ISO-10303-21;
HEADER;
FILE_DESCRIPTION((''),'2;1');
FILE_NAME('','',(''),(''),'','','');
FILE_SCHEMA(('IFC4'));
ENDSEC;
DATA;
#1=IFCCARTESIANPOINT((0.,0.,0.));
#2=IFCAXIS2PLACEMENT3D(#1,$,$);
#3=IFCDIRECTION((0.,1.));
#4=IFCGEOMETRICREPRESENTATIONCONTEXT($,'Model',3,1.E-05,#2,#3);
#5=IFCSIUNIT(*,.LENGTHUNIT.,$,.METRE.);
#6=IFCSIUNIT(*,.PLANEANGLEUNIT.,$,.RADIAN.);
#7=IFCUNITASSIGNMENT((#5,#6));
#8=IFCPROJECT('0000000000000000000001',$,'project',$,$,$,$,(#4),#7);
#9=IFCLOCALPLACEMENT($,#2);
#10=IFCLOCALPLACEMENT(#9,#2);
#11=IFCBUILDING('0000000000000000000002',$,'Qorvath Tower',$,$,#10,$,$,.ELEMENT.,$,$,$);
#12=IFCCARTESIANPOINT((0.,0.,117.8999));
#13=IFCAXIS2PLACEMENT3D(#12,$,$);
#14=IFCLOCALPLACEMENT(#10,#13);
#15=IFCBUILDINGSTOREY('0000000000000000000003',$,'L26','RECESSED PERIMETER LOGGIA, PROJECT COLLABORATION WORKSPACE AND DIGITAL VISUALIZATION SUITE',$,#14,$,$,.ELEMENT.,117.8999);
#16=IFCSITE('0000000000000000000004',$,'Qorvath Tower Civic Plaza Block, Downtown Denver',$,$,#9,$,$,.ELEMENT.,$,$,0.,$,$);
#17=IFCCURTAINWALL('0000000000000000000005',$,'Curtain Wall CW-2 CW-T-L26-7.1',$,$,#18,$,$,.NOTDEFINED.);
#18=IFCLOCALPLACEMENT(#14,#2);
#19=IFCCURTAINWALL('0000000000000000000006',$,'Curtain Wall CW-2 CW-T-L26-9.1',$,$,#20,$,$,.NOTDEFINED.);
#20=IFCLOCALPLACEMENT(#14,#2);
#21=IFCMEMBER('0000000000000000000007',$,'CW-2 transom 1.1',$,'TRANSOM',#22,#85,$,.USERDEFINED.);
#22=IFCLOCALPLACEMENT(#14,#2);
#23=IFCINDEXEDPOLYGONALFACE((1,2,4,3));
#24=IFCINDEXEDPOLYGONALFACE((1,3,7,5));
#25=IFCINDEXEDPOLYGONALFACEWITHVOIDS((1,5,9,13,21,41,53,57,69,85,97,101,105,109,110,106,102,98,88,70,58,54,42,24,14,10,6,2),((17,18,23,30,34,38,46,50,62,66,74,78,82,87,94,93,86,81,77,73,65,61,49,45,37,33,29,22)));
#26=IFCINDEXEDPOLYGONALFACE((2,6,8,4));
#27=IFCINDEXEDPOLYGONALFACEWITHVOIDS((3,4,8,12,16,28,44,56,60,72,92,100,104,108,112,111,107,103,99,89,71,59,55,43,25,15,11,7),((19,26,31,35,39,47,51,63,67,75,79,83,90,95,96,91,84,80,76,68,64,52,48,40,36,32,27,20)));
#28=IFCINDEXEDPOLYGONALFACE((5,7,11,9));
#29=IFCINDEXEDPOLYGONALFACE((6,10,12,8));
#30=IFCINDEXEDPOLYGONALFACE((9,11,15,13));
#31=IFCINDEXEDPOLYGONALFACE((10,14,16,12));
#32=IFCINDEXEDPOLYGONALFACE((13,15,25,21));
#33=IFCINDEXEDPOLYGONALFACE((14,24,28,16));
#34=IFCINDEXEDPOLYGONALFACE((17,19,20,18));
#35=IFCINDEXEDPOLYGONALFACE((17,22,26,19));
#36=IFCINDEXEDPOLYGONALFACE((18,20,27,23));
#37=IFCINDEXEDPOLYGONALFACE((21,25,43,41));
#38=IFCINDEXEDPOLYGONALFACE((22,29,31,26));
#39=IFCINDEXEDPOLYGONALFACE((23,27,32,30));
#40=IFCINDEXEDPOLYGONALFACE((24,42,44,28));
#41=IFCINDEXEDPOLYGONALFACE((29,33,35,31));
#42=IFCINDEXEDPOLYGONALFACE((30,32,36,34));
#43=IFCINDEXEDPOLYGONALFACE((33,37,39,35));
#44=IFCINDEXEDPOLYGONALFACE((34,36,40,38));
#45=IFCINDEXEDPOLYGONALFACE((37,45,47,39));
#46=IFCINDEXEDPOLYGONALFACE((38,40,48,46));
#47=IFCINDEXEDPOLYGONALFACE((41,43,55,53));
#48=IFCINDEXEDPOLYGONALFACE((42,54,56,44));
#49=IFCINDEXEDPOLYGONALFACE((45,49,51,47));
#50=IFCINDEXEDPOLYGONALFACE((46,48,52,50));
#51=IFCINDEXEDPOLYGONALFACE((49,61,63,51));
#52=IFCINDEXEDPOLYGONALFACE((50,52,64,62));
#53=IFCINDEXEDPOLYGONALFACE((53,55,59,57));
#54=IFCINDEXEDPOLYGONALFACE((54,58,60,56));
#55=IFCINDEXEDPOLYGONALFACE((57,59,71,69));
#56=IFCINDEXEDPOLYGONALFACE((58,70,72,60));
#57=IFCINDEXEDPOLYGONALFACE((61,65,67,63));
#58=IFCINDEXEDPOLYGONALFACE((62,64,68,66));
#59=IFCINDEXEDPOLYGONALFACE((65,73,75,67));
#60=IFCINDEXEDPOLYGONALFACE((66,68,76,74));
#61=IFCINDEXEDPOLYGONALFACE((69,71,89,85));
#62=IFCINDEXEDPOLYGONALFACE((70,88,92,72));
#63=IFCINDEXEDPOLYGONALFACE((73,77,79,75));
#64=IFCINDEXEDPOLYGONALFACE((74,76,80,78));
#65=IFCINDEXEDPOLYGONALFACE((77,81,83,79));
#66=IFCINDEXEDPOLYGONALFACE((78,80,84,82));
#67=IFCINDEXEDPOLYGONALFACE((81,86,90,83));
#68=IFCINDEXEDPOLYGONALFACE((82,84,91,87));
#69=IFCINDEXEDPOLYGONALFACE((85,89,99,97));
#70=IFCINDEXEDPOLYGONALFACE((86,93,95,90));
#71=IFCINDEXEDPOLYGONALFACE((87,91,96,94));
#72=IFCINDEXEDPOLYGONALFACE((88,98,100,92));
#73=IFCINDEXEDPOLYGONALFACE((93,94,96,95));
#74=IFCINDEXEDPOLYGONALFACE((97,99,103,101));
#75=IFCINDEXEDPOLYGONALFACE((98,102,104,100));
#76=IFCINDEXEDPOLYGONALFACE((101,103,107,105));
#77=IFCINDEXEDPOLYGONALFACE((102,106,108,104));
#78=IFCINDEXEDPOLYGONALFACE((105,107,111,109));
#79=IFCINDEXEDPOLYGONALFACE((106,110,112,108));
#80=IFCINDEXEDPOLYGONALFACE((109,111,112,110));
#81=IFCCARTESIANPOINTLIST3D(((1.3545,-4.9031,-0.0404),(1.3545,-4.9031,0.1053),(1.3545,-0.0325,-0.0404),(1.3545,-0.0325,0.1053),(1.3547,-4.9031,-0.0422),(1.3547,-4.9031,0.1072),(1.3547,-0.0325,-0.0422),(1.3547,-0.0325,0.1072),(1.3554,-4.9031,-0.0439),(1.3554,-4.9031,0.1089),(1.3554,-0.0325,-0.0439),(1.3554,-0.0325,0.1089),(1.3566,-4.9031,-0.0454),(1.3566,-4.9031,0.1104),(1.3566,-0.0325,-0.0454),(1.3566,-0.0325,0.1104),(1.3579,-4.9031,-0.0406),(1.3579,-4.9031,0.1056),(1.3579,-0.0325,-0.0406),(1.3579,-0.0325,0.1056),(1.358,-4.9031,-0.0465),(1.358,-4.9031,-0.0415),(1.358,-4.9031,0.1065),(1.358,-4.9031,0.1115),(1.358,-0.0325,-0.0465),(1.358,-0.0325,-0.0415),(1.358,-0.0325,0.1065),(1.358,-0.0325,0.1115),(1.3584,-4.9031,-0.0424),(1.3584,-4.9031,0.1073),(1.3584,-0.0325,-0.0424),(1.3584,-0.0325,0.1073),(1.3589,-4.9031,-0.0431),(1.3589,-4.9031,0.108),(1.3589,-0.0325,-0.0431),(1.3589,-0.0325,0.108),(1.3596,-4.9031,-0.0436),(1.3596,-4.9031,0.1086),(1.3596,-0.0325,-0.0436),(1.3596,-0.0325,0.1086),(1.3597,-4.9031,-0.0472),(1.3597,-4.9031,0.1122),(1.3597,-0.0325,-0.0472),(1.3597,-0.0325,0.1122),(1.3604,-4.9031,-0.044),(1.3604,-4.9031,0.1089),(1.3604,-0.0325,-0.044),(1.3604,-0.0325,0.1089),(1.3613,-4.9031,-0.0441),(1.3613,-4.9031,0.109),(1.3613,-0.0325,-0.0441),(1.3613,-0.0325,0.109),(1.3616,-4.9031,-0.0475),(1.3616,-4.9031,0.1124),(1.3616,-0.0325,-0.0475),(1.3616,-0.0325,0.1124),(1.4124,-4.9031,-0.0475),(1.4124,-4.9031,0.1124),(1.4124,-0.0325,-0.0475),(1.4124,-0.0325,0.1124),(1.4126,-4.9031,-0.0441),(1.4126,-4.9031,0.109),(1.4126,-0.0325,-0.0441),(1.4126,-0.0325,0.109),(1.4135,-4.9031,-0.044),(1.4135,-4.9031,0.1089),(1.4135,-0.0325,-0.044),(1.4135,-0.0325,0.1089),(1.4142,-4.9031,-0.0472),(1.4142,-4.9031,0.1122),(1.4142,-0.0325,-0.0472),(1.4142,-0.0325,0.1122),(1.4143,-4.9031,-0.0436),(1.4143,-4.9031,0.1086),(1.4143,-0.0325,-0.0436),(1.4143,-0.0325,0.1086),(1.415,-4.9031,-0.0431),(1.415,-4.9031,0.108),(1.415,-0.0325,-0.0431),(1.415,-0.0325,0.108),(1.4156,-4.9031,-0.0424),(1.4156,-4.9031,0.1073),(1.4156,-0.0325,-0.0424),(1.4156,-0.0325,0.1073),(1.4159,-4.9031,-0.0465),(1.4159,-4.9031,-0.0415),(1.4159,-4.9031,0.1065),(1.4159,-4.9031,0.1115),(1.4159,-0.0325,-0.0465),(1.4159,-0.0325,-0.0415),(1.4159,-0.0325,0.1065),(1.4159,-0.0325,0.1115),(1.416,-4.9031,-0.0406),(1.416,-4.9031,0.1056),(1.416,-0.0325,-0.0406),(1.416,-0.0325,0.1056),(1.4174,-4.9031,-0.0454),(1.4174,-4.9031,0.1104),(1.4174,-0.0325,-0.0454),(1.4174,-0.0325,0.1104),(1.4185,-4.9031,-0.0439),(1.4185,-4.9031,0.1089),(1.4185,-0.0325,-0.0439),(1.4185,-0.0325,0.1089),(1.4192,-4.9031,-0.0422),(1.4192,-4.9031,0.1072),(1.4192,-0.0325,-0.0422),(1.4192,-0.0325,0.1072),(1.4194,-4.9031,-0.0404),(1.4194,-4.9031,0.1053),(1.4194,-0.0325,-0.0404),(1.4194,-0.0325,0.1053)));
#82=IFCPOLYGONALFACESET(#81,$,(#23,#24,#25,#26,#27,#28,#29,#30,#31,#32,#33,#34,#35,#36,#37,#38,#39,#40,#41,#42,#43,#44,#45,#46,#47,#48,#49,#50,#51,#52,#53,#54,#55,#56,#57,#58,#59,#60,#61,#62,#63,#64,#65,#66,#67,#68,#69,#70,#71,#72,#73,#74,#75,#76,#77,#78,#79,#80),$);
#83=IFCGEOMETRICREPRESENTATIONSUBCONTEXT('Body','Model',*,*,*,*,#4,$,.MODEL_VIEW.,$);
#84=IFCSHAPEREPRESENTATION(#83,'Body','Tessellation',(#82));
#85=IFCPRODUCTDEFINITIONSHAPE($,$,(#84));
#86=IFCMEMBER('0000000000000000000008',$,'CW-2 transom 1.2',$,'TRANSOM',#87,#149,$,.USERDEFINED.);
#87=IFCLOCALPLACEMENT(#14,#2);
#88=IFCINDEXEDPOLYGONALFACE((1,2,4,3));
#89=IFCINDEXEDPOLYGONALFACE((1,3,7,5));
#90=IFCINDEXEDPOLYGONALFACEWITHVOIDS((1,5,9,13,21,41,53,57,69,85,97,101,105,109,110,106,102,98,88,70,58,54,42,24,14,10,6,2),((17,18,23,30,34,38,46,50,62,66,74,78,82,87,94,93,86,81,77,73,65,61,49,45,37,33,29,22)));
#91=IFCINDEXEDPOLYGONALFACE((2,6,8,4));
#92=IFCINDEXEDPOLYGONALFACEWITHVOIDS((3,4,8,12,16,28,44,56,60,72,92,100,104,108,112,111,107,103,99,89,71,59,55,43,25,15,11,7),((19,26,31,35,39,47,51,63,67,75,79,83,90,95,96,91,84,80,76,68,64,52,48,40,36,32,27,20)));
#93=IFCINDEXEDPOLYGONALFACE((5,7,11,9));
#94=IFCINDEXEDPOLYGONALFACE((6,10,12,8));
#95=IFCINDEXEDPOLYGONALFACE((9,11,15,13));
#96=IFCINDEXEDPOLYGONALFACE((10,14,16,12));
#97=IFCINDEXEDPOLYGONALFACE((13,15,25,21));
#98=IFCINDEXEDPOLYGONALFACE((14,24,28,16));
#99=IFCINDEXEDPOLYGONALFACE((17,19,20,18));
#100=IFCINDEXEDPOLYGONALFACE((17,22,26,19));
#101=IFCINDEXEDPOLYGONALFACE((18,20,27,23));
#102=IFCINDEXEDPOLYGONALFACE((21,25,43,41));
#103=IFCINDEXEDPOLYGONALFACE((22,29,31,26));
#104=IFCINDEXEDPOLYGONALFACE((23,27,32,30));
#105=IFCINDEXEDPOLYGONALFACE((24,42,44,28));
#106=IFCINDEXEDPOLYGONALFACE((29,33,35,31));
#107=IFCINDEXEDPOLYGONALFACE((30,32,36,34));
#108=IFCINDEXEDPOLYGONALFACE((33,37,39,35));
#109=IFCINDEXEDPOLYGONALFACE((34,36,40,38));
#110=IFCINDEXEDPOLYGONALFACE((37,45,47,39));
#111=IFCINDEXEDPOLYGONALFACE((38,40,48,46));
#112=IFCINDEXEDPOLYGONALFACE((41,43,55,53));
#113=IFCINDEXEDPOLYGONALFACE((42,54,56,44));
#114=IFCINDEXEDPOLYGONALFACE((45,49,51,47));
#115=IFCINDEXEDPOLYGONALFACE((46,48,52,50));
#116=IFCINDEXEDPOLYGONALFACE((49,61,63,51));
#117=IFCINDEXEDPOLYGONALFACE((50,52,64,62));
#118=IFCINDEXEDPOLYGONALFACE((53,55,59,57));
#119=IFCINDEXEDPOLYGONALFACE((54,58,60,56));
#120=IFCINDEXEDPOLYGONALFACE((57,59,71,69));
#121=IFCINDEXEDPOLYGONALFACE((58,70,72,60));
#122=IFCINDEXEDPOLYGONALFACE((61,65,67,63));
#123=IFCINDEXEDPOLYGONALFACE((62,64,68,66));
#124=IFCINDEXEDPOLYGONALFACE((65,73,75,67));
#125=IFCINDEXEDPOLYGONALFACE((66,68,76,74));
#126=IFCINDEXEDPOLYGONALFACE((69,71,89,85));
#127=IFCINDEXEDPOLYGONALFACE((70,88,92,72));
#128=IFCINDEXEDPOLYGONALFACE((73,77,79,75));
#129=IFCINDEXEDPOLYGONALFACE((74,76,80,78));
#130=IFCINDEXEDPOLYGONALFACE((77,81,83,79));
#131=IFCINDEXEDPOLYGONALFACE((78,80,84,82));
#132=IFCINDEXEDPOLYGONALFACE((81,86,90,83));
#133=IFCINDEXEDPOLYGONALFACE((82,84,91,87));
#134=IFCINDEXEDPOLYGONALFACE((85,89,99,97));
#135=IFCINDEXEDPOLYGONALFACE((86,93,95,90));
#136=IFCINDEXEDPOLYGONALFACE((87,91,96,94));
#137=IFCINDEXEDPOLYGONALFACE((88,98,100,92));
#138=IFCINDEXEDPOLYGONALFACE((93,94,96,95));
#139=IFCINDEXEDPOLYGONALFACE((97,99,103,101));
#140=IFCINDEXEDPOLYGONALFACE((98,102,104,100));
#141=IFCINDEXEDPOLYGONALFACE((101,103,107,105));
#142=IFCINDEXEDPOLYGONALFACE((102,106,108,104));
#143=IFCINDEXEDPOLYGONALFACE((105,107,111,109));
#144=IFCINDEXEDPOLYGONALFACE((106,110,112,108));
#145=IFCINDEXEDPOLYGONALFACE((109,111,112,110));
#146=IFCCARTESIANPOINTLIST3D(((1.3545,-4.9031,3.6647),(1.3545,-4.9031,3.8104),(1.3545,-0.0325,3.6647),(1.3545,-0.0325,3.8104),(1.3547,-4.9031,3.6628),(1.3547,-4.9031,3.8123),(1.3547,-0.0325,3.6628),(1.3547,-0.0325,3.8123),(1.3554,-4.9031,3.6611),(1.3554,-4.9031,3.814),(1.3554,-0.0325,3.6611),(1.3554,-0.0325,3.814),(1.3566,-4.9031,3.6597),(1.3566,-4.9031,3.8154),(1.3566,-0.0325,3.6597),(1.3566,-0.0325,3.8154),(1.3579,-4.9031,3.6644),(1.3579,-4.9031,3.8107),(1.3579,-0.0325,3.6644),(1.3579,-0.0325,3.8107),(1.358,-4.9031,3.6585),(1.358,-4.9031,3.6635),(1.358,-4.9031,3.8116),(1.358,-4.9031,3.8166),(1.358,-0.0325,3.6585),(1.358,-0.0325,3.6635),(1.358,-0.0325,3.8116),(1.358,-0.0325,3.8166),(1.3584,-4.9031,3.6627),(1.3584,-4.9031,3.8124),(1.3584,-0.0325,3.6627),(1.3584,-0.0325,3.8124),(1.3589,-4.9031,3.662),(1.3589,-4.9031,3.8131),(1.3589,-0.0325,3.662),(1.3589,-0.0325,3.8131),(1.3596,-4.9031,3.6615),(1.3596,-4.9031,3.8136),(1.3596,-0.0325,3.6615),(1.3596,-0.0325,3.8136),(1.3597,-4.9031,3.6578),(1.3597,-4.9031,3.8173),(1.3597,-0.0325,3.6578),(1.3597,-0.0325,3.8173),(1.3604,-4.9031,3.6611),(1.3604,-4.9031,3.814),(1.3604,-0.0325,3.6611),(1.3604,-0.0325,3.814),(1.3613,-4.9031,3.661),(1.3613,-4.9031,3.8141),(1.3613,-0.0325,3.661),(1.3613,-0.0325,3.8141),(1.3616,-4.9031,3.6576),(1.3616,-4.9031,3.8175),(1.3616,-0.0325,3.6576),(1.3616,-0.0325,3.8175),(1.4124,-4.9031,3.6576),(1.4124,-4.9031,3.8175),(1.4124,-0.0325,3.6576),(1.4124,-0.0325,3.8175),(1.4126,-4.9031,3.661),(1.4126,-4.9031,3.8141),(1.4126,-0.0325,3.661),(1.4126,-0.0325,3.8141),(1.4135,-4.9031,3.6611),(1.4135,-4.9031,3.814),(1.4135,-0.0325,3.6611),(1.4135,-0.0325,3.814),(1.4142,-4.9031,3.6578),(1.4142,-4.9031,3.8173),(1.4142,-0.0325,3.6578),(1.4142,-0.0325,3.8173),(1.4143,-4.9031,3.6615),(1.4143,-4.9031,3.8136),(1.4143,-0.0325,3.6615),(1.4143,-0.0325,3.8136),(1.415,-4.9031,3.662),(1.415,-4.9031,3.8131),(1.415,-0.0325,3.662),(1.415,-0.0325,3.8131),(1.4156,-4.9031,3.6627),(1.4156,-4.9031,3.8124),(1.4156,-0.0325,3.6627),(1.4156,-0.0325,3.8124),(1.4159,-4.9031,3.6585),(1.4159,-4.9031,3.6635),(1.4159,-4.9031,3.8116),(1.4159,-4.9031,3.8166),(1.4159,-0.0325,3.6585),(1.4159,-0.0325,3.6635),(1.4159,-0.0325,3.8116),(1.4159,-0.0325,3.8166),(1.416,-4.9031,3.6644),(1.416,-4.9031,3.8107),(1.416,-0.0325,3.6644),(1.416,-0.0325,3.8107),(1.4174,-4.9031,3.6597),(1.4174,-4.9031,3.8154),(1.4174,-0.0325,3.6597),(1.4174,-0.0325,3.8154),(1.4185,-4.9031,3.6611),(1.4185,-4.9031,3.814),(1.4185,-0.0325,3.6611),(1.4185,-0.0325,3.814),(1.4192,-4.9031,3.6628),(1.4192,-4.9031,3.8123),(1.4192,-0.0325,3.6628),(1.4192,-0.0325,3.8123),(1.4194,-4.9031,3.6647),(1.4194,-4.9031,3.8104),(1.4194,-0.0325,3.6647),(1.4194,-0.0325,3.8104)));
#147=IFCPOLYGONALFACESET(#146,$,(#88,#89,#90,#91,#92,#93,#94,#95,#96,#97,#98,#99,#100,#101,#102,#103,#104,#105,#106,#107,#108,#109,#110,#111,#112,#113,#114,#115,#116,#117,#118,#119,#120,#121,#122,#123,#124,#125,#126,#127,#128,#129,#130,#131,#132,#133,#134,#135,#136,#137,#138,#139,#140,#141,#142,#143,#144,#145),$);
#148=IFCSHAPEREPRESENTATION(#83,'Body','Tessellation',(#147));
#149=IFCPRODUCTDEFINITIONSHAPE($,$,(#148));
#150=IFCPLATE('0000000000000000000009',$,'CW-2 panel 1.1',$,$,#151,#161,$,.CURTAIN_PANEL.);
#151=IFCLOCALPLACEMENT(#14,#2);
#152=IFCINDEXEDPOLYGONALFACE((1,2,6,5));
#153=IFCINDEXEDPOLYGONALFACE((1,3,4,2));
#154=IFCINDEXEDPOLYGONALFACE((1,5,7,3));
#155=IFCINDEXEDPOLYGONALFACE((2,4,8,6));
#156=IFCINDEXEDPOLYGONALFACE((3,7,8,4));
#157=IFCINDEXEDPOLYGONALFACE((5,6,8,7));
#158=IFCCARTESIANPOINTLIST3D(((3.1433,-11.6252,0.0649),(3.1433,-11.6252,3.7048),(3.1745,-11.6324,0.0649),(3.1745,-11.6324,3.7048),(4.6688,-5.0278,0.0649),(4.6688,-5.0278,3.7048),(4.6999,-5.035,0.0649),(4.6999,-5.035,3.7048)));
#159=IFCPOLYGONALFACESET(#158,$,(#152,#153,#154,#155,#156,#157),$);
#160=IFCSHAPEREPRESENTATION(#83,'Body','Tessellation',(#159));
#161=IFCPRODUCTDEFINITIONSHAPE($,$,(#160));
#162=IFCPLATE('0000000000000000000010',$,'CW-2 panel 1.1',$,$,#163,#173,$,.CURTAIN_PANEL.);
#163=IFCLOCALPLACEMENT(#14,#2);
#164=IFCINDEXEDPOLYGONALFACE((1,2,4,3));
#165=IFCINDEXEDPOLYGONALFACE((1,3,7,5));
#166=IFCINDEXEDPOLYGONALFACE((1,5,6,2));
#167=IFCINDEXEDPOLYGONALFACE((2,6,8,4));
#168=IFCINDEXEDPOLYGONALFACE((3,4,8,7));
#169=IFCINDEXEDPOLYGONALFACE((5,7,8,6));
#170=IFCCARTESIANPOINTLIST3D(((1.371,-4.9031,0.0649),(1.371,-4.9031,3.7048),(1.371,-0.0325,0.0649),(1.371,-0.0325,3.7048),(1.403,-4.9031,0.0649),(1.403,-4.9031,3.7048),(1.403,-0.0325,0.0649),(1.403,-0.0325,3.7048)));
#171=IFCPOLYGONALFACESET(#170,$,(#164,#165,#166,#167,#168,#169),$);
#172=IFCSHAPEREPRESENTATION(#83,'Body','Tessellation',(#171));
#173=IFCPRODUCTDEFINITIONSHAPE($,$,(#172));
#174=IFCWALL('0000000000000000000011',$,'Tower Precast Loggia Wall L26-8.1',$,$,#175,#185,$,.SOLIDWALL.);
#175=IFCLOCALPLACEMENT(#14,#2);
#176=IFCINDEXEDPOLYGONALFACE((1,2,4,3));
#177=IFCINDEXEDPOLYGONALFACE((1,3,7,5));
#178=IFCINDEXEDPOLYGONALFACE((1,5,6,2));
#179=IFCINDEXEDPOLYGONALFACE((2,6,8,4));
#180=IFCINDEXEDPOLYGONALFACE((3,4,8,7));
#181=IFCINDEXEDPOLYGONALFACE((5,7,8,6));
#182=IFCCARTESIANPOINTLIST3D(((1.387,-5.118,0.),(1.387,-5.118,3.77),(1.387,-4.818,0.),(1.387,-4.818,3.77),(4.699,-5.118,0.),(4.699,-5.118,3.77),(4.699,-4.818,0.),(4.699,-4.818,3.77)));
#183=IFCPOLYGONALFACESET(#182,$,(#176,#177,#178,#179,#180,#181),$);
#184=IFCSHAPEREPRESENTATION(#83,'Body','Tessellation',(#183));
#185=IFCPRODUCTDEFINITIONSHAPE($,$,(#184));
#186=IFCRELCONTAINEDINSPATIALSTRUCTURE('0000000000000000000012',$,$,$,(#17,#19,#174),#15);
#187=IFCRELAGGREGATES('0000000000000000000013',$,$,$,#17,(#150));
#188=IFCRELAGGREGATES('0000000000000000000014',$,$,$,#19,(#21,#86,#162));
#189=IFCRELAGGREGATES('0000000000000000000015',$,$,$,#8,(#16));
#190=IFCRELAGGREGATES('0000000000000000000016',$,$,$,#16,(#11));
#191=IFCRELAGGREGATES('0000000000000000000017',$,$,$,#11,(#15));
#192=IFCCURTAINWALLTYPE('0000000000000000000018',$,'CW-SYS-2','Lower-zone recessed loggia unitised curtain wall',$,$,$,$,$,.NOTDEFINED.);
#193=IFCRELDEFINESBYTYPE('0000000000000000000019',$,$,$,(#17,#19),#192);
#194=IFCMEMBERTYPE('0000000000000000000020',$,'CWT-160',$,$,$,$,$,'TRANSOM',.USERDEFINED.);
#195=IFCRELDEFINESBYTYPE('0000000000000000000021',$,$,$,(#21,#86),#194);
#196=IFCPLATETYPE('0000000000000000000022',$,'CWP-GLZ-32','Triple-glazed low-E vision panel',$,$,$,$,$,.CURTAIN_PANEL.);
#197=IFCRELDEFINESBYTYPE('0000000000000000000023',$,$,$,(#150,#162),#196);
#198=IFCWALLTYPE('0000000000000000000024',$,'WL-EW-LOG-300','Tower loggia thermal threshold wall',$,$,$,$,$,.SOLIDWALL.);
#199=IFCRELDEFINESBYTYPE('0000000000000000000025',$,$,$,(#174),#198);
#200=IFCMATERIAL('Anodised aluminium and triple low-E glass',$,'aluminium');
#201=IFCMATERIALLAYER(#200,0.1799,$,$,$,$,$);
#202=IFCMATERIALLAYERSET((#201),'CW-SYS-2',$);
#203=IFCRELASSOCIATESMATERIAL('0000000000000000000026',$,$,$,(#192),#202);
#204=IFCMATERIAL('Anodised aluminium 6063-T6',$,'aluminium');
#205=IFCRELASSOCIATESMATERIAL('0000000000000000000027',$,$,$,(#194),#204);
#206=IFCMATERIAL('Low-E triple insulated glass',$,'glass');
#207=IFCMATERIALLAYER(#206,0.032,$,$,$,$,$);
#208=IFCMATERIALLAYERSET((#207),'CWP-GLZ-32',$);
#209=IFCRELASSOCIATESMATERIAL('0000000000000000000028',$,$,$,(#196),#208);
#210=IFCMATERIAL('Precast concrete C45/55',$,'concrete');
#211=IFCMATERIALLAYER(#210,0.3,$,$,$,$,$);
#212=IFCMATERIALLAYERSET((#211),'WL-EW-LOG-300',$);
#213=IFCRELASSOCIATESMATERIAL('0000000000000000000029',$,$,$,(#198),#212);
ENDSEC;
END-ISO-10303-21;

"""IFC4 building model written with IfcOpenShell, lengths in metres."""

from ifc_helpers import new_model, si_unit, direction, frame, frame_2d, origin, origin_2d, place, context, subcontext, project, spatial, rectangle, hollow_rectangle, extrude, material, layer, layer_set, material_profile, profile_set, type_object, element, aggregate, save


model = new_model("IFC4")

# Units and contexts
model_context = context("Model", 3, precision=1e-05, world=origin(), true_north=direction((0.0, 1.0)))
body_context = subcontext(model_context, "Body", "Model", "MODEL_VIEW")
ifc_project = project(units=[si_unit("LENGTHUNIT", "METRE"), si_unit("PLANEANGLEUNIT", "RADIAN")], contexts=[model_context])

# Site, building, storey
site_placement = place(None, origin())
site = spatial("IfcSite", under=ifc_project, at=site_placement, Name="Qorvath Tower Civic Plaza Block, Downtown Denver", CompositionType="ELEMENT", RefElevation=0.0)
building_placement = place(site_placement, origin())
building = spatial("IfcBuilding", under=site, at=building_placement, Name="Qorvath Tower", CompositionType="ELEMENT")
storey_placement = place(building_placement, frame((0.0, 0.0, 117.8999)))
storey = spatial("IfcBuildingStorey", under=building, at=storey_placement, Name="L26", Description="RECESSED PERIMETER LOGGIA, PROJECT COLLABORATION WORKSPACE AND DIGITAL VISUALIZATION SUITE", CompositionType="ELEMENT", Elevation=117.8999)

# Curtain wall
ifc_material_1 = material(Name="Anodised aluminium and triple low-E glass", Category="aluminium")
ifc_layer_1 = layer(ifc_material_1, 0.1799)
ifc_layer_set_1 = layer_set([ifc_layer_1], Name="CW-SYS-2")
curtain_wall_type = type_object("IfcCurtainWallType", Name="CW-SYS-2", Description="Lower-zone recessed loggia unitised curtain wall", PredefinedType="NOTDEFINED", material=ifc_layer_set_1)
curtain_wall_1_placement = place(storey_placement, origin())
curtain_wall_1 = element("IfcCurtainWall", 1, at=curtain_wall_1_placement, inside=storey, type_object=curtain_wall_type, Name="Curtain Wall CW-2 CW-T-L26-7.1", PredefinedType="NOTDEFINED")

# Curtain wall, members
curtain_wall_2_placement = place(storey_placement, origin())
curtain_wall_2 = element("IfcCurtainWall", 2, at=curtain_wall_2_placement, inside=storey, type_object=curtain_wall_type, Name="Curtain Wall CW-2 CW-T-L26-9.1", PredefinedType="NOTDEFINED")
ifc_material_2 = material(Name="Anodised aluminium 6063-T6", Category="aluminium")
ifc_material_profile_1 = material_profile(ifc_material_2, hollow_rectangle(XDim=0.0649, YDim=0.1599, WallThickness=0.0034, InnerFilletRadius=0.0034, OuterFilletRadius=0.0071, at=origin_2d()), Name="CWT 160x65")
ifc_profile_set_1 = profile_set([ifc_material_profile_1], Name="Anodised aluminium 6063-T6")
member_type_1 = type_object("IfcMemberType", Name="CWT-160", ElementType="TRANSOM", PredefinedType="USERDEFINED", material=ifc_profile_set_1)
member_1_placement = place(storey_placement, frame((1.387, -4.9031, 0.0325), z_axis=(0.0, 1.0, 0.0), x_axis=(-1.0, 0.0, 0.0)))
member_1 = element("IfcMember", 3, at=member_1_placement, type_object=member_type_1, Name="CW-2 transom 1.1", ObjectType="TRANSOM", PredefinedType="USERDEFINED", context=body_context, shape_type="SweptSolid", body=[
    extrude(hollow_rectangle(XDim=0.0649, YDim=0.1599, WallThickness=0.0034, InnerFilletRadius=0.0034, OuterFilletRadius=0.0071, at=origin_2d()), origin(), (0.0, 0.0, 1.0), 4.8706),
])
member_2_placement = place(storey_placement, frame((1.387, -4.9031, 3.7375), z_axis=(0.0, 1.0, 0.0), x_axis=(-1.0, 0.0, 0.0)))
member_2 = element("IfcMember", 4, at=member_2_placement, type_object=member_type_1, Name="CW-2 transom 1.2", ObjectType="TRANSOM", PredefinedType="USERDEFINED", context=body_context, shape_type="SweptSolid", body=[
    extrude(hollow_rectangle(XDim=0.0649, YDim=0.1599, WallThickness=0.0034, InnerFilletRadius=0.0034, OuterFilletRadius=0.0071, at=origin_2d()), origin(), (0.0, 0.0, 1.0), 4.8706),
])

# Plates
ifc_material_3 = material(Name="Low-E triple insulated glass", Category="glass")
ifc_layer_2 = layer(ifc_material_3, 0.032)
ifc_layer_set_2 = layer_set([ifc_layer_2], Name="CWP-GLZ-32")
plate_type = type_object("IfcPlateType", Name="CWP-GLZ-32", Description="Triple-glazed low-E vision panel", PredefinedType="CURTAIN_PANEL", material=ifc_layer_set_2)
plate_1_placement = place(storey_placement, frame((3.9216, -8.3301, 0.0649), z_axis=(0.0, 0.0, 1.0), x_axis=(0.22527, 0.974296, 0.0)))
plate_1 = element("IfcPlate", 5, at=plate_1_placement, type_object=plate_type, Name="CW-2 panel 1.1", PredefinedType="CURTAIN_PANEL", context=body_context, shape_type="SweptSolid", body=[
    extrude(rectangle(XDim=6.7715, YDim=0.032, at=origin_2d()), origin(), (0.0, 0.0, 1.0), 3.6399),
])
aggregate(curtain_wall_1, [plate_1])
plate_2_placement = place(storey_placement, frame((1.387, -2.4678, 0.0649), z_axis=(0.0, 0.0, 1.0), x_axis=(0.0, 1.0, 0.0)))
plate_2 = element("IfcPlate", 6, at=plate_2_placement, type_object=plate_type, Name="CW-2 panel 1.1", PredefinedType="CURTAIN_PANEL", context=body_context, shape_type="SweptSolid", body=[
    extrude(rectangle(XDim=4.8706, YDim=0.032, at=origin_2d()), origin(), (0.0, 0.0, 1.0), 3.6399),
])
aggregate(curtain_wall_2, [member_1, member_2, plate_2])

# Wall
ifc_material_4 = material(Name="Precast concrete C45/55", Category="concrete")
ifc_layer_3 = layer(ifc_material_4, 0.3)
ifc_layer_set_3 = layer_set([ifc_layer_3], Name="WL-EW-LOG-300")
wall_type = type_object("IfcWallType", Name="WL-EW-LOG-300", Description="Tower loggia thermal threshold wall", PredefinedType="SOLIDWALL", material=ifc_layer_set_3)
wall_placement = place(storey_placement, frame((4.699, -4.968, 0.0), z_axis=(0.0, 0.0, 1.0), x_axis=(-1.0, 0.0, 0.0)))
element("IfcWall", 7, at=wall_placement, inside=storey, type_object=wall_type, Name="Tower Precast Loggia Wall L26-8.1", PredefinedType="SOLIDWALL", context=body_context, shape_type="SweptSolid", body=[
    extrude(rectangle(XDim=3.312, YDim=0.3, at=frame_2d((1.656, 0.0))), origin(), (0.0, 0.0, 1.0), 3.77),
])

save(model, "model.ifc")
